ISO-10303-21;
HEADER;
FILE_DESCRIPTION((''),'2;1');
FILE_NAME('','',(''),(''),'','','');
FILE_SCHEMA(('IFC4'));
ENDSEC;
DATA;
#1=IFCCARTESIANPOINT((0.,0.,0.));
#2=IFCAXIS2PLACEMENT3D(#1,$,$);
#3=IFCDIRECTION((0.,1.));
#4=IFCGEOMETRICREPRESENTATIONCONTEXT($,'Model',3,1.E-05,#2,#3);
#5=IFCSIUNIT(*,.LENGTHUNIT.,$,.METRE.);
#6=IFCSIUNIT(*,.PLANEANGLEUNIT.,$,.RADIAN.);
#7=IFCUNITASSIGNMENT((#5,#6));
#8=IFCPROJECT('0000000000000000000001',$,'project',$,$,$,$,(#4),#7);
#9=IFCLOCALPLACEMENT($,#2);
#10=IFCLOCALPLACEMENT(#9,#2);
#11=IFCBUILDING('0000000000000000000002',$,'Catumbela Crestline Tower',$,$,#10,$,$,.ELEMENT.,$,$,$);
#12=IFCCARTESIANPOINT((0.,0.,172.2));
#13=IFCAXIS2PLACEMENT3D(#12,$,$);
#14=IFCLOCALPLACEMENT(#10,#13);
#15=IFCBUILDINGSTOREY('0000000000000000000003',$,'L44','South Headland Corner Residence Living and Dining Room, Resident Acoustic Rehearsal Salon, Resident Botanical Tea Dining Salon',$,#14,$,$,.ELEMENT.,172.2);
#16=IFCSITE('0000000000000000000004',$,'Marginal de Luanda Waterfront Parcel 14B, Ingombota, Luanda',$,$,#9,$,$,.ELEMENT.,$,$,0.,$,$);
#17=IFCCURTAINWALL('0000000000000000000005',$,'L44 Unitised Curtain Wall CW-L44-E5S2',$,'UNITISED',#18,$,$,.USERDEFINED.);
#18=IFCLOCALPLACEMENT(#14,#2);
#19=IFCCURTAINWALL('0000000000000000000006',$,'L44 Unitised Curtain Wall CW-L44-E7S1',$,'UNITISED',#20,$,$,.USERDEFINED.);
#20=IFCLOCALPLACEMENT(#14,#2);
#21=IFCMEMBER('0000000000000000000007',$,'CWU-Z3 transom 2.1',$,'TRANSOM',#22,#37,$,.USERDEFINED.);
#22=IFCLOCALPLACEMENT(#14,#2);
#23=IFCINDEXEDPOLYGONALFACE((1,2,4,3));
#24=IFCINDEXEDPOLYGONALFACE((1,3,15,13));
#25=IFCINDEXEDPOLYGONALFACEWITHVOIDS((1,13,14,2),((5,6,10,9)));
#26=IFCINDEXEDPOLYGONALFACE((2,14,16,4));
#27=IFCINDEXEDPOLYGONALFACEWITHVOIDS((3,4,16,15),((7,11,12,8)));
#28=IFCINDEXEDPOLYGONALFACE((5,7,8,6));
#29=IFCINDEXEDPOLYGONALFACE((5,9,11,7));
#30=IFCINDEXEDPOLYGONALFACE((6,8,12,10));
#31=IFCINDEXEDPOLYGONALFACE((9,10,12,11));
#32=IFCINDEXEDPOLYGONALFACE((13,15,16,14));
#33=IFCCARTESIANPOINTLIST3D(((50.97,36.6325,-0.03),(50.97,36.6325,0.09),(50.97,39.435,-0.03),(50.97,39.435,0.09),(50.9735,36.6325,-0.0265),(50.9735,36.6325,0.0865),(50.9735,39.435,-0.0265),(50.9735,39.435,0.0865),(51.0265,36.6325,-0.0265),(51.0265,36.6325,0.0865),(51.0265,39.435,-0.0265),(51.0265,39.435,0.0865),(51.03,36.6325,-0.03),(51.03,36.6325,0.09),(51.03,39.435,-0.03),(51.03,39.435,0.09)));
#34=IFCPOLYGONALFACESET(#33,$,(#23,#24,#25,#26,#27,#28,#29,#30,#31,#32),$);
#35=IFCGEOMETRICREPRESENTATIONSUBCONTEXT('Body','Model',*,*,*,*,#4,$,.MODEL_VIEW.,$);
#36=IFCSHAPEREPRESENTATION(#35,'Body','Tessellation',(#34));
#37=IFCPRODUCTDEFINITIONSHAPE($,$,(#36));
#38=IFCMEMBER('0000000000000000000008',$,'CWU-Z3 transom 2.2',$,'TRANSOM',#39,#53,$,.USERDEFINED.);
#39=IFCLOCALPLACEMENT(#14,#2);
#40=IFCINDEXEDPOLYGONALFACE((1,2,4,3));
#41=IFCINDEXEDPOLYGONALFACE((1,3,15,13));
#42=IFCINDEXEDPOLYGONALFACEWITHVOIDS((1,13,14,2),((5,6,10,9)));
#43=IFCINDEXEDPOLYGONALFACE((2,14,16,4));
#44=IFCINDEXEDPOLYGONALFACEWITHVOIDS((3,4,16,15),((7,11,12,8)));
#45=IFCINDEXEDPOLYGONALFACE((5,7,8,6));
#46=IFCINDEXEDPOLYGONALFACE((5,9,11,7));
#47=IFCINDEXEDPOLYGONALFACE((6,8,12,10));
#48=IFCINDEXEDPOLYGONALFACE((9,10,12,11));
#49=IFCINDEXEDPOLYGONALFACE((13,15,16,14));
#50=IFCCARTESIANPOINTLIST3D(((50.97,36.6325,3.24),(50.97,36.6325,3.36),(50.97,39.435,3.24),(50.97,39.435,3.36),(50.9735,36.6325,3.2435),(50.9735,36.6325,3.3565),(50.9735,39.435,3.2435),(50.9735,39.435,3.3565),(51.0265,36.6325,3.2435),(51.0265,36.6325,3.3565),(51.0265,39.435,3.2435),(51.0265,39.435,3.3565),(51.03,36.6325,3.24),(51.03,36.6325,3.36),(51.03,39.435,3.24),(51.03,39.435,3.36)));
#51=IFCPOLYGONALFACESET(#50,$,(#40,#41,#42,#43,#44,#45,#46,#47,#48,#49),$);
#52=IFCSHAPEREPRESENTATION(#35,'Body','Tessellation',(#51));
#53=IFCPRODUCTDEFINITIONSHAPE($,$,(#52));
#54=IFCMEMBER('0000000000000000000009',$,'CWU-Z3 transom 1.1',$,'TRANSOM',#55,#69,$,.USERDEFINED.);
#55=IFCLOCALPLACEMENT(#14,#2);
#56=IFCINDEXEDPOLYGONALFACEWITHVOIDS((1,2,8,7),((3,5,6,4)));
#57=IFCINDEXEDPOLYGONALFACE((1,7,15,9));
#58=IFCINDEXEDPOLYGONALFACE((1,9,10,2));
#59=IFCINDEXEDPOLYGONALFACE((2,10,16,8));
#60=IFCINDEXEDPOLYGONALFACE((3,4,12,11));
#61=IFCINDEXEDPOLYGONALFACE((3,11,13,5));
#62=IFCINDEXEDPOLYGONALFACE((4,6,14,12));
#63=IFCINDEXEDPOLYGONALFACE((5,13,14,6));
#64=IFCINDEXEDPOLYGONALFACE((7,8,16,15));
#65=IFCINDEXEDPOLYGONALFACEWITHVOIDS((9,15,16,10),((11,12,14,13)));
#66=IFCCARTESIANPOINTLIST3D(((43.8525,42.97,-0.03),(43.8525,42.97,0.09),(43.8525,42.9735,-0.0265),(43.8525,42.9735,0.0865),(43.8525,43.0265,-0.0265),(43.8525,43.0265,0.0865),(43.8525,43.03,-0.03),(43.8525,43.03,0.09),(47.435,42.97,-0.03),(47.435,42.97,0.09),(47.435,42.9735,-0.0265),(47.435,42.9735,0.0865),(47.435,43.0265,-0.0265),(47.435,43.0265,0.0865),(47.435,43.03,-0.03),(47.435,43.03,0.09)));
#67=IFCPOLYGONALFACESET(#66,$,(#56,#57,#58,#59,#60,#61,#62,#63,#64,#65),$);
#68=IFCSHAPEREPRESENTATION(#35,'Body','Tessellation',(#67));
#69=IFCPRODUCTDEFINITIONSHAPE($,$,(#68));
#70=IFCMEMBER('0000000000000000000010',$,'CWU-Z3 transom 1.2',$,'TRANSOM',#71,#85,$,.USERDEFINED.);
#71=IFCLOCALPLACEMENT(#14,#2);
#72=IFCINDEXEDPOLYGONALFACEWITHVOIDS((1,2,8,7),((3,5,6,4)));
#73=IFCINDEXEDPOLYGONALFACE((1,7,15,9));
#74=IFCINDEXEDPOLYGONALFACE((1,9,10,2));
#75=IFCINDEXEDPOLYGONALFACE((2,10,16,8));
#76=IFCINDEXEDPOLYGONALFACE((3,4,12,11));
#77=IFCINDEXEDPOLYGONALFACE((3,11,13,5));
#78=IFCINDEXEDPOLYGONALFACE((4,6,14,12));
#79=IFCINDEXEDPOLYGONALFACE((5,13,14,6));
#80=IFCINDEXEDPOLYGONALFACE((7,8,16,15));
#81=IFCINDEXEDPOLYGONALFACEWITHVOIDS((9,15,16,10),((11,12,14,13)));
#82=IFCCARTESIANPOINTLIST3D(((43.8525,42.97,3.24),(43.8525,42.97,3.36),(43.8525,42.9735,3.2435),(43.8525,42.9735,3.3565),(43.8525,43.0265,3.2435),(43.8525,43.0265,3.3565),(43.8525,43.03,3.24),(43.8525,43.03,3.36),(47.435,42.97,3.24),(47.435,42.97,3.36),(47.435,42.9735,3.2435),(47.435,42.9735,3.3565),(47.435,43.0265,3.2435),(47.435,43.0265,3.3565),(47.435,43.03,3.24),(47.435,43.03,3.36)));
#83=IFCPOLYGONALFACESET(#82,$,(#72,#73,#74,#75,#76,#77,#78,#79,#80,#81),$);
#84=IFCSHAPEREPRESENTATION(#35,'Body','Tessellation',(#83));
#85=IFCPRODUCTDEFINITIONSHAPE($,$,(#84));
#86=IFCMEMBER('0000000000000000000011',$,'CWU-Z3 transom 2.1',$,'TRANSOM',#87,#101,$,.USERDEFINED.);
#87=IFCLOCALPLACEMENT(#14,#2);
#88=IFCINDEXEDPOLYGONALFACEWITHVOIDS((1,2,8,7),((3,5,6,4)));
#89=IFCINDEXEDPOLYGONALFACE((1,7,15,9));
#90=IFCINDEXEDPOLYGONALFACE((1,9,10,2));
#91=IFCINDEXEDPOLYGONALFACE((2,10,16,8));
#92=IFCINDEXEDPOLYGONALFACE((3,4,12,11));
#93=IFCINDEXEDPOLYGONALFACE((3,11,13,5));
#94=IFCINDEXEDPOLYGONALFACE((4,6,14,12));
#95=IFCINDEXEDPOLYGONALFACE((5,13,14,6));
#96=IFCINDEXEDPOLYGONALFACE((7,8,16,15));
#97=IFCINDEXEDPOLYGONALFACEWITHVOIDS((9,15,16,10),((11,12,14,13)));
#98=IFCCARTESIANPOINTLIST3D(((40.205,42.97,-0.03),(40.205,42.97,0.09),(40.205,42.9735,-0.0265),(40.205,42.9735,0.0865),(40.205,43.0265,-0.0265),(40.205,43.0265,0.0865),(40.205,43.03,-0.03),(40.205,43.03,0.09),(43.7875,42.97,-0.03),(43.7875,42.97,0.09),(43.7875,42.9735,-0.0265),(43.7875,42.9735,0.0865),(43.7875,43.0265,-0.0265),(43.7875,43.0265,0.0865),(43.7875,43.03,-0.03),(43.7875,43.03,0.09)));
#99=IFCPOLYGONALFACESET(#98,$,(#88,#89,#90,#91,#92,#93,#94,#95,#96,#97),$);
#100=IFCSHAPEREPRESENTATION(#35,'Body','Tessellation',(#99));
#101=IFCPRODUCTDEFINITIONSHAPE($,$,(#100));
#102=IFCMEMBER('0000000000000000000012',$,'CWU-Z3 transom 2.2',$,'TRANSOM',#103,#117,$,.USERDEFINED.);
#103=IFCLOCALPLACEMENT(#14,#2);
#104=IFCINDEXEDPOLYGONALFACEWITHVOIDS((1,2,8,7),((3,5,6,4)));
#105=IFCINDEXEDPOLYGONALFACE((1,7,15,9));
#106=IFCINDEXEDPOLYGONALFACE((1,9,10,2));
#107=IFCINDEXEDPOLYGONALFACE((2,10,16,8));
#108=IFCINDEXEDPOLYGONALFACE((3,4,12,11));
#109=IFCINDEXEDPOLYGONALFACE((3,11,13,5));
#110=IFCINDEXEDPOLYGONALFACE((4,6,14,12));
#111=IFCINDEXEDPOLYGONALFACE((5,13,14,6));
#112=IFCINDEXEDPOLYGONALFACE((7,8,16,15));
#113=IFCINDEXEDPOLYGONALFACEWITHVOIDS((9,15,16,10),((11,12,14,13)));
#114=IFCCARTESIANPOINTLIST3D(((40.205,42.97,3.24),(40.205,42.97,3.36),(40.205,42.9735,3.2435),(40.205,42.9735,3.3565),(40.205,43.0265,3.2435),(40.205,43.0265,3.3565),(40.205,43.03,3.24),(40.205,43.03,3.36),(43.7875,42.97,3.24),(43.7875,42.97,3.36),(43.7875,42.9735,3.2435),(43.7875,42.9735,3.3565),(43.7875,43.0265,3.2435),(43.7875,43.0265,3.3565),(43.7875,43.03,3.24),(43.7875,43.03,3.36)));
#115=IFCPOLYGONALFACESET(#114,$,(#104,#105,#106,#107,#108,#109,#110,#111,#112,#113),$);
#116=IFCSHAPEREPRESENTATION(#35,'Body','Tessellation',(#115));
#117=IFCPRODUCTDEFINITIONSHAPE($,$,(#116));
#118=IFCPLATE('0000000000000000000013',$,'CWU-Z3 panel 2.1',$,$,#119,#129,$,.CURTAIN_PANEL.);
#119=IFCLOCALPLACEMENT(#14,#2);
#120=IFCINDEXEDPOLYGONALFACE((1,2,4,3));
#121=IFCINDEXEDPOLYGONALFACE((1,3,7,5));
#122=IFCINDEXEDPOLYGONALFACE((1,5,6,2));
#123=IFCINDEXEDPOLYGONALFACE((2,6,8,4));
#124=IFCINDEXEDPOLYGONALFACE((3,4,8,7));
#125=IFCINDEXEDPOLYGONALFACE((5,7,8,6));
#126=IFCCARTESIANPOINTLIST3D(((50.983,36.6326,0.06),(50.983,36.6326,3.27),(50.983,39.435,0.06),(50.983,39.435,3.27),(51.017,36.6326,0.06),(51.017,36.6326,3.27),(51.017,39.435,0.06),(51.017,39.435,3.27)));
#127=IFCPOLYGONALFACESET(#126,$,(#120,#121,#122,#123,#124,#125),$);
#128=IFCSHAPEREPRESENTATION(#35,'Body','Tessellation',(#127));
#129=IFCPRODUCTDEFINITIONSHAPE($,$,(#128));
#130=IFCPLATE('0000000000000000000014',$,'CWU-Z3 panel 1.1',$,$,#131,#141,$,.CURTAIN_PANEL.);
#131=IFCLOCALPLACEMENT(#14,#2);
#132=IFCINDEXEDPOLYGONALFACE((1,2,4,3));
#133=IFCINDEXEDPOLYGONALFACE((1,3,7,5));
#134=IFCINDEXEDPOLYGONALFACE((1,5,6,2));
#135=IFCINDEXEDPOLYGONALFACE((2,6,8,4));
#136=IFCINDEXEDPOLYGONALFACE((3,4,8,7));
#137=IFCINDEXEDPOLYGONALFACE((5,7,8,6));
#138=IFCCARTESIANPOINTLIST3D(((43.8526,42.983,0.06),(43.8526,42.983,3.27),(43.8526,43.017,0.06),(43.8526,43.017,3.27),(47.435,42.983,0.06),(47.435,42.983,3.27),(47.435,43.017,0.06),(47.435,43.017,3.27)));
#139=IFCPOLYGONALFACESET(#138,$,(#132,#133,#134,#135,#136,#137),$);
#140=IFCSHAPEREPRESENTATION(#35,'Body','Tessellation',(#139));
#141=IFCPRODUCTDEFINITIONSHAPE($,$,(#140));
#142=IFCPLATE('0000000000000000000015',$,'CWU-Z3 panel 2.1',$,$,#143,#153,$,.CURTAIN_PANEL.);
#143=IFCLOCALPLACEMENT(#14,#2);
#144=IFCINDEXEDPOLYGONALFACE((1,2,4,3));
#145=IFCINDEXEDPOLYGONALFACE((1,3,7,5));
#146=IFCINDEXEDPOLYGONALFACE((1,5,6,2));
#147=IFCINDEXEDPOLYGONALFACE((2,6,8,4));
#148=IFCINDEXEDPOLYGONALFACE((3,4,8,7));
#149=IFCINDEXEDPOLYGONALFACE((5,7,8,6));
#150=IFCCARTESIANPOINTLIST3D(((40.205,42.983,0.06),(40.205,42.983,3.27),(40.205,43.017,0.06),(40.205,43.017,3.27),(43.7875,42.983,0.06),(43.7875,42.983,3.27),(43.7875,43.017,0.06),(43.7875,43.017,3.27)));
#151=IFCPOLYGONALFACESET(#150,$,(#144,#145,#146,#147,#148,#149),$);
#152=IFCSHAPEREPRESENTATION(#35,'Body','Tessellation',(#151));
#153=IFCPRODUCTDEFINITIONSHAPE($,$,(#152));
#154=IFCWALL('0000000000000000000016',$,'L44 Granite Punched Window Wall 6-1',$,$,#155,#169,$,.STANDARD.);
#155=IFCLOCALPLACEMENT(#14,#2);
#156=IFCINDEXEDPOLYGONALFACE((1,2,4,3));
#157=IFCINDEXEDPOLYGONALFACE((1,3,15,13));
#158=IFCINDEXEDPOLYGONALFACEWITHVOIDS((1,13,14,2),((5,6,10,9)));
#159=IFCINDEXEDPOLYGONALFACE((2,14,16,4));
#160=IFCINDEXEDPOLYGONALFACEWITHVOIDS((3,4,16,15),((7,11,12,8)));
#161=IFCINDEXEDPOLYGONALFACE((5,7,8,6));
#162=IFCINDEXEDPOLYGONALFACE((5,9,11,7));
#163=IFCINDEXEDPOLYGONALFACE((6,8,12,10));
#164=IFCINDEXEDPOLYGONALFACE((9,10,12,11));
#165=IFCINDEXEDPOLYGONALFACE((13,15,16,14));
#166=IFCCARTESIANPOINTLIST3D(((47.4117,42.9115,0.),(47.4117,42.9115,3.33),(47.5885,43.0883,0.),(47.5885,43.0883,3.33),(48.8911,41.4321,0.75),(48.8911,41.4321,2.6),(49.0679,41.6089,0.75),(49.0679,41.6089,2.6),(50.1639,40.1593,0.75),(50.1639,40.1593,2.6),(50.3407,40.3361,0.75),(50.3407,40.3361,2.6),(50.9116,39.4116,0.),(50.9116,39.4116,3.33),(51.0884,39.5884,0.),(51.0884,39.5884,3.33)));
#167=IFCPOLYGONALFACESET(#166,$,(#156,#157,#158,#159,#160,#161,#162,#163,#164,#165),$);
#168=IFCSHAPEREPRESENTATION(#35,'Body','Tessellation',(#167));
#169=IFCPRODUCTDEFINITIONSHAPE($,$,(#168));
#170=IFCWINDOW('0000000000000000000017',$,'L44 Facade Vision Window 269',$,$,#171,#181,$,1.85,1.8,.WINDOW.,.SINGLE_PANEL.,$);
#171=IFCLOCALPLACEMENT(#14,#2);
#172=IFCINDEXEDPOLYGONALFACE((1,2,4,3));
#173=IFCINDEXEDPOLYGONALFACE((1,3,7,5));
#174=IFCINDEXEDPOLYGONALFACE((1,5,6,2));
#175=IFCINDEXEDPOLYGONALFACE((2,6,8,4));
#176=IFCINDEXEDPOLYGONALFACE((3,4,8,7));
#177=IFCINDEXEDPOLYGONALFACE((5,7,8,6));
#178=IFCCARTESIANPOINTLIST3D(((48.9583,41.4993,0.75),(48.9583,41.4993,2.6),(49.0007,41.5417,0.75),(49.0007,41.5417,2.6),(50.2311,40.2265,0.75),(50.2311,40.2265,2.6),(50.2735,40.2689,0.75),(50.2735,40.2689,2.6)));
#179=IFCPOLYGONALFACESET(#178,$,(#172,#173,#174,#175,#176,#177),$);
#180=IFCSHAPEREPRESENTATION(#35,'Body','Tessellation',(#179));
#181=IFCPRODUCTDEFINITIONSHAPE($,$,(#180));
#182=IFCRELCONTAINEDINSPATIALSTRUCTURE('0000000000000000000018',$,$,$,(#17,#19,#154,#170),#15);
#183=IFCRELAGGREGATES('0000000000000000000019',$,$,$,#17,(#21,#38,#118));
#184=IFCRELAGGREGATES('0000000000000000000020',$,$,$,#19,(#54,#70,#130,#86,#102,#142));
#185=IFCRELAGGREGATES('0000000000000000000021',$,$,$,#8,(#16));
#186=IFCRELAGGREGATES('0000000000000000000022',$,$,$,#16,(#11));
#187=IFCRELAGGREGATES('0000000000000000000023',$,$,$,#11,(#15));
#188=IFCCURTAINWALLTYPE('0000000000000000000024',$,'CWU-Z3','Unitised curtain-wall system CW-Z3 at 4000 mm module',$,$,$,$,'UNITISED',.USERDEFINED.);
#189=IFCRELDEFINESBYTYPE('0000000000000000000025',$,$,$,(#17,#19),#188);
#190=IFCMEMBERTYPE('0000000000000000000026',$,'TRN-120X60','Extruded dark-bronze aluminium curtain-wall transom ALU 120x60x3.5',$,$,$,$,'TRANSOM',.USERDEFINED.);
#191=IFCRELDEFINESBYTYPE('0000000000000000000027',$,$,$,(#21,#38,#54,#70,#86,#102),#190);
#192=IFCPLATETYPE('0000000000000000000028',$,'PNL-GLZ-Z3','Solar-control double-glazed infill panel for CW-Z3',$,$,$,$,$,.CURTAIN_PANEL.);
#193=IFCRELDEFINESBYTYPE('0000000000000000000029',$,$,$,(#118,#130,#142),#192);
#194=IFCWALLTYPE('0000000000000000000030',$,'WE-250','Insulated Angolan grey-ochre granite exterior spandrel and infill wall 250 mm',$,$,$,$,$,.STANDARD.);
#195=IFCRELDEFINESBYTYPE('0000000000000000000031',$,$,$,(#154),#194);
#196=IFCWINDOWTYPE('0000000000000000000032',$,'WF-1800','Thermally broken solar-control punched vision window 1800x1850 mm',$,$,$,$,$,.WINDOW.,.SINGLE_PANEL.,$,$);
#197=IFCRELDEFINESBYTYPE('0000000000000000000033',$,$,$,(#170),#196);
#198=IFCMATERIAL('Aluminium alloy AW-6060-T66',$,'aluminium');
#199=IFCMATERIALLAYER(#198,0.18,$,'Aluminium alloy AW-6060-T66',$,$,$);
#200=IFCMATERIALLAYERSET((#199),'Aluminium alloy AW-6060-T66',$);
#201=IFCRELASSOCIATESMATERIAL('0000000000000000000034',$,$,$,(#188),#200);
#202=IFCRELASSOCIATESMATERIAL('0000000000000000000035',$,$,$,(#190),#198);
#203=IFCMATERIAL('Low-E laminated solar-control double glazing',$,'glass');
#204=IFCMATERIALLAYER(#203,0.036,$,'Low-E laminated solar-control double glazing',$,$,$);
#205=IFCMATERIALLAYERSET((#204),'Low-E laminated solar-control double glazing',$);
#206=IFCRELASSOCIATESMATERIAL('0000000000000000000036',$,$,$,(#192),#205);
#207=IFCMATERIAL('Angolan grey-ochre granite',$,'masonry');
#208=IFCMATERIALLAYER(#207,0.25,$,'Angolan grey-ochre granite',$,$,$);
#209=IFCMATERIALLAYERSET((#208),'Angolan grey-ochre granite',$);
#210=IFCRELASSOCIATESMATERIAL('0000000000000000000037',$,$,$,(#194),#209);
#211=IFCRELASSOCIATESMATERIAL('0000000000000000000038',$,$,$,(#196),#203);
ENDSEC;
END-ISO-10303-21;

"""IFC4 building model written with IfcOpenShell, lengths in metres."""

from ifc_helpers import new_model, si_unit, direction, frame, frame_2d, origin, origin_2d, place, context, subcontext, project, spatial, rectangle, hollow_rectangle, extrude, material, layer, layer_set, material_profile, profile_set, type_object, element, fill, aggregate, save


model = new_model("IFC4")

# Units and contexts
model_context = context("Model", 3, precision=1e-05, world=origin(), true_north=direction((0.0, 1.0)))
body_context = subcontext(model_context, "Body", "Model", "MODEL_VIEW")
ifc_project = project(units=[si_unit("LENGTHUNIT", "METRE"), si_unit("PLANEANGLEUNIT", "RADIAN")], contexts=[model_context])

# Site, building, storey
site_placement = place(None, origin())
site = spatial("IfcSite", under=ifc_project, at=site_placement, Name="Marginal de Luanda Waterfront Parcel 14B, Ingombota, Luanda", CompositionType="ELEMENT", RefElevation=0.0)
building_placement = place(site_placement, origin())
building = spatial("IfcBuilding", under=site, at=building_placement, Name="Catumbela Crestline Tower", CompositionType="ELEMENT")
storey_placement = place(building_placement, frame((0.0, 0.0, 172.2)))
storey = spatial("IfcBuildingStorey", under=building, at=storey_placement, Name="L44", Description="South Headland Corner Residence Living and Dining Room, Resident Acoustic Rehearsal Salon, Resident Botanical Tea Dining Salon", CompositionType="ELEMENT", Elevation=172.2)

# Curtain wall
ifc_material_1 = material(Name="Aluminium alloy AW-6060-T66", Category="aluminium")
ifc_layer_1 = layer(ifc_material_1, 0.18, Name="Aluminium alloy AW-6060-T66")
ifc_layer_set_1 = layer_set([ifc_layer_1], Name="Aluminium alloy AW-6060-T66")
curtain_wall_type = type_object("IfcCurtainWallType", Name="CWU-Z3", Description="Unitised curtain-wall system CW-Z3 at 4000 mm module", ElementType="UNITISED", PredefinedType="USERDEFINED", material=ifc_layer_set_1)
curtain_wall_1_placement = place(storey_placement, origin())
curtain_wall_1 = element("IfcCurtainWall", 1, at=curtain_wall_1_placement, inside=storey, type_object=curtain_wall_type, Name="L44 Unitised Curtain Wall CW-L44-E5S2", ObjectType="UNITISED", PredefinedType="USERDEFINED")

# Curtain wall
curtain_wall_2_placement = place(storey_placement, origin())
curtain_wall_2 = element("IfcCurtainWall", 2, at=curtain_wall_2_placement, inside=storey, type_object=curtain_wall_type, Name="L44 Unitised Curtain Wall CW-L44-E7S1", ObjectType="UNITISED", PredefinedType="USERDEFINED")

# Members
ifc_material_profile_1 = material_profile(ifc_material_1, hollow_rectangle(XDim=0.06, YDim=0.12, WallThickness=0.0035, at=origin_2d()), Name="ALU 120x60x3.5")
ifc_profile_set_1 = profile_set([ifc_material_profile_1], Name="Aluminium alloy AW-6060-T66")
member_type_1 = type_object("IfcMemberType", Name="TRN-120X60", Description="Extruded dark-bronze aluminium curtain-wall transom ALU 120x60x3.5", ElementType="TRANSOM", PredefinedType="USERDEFINED", material=ifc_profile_set_1)
member_1_placement = place(storey_placement, frame((51.0, 36.6325, 0.03), z_axis=(0.0, 1.0, 0.0), x_axis=(-1.0, 0.0, 0.0)))
member_1 = element("IfcMember", 3, at=member_1_placement, type_object=member_type_1, Name="CWU-Z3 transom 2.1", ObjectType="TRANSOM", PredefinedType="USERDEFINED", context=body_context, shape_type="SweptSolid", body=[
    extrude(hollow_rectangle(XDim=0.06, YDim=0.12, WallThickness=0.0035, at=origin_2d()), origin(), (0.0, 0.0, 1.0), 2.8025),
])
member_2_placement = place(storey_placement, frame((51.0, 36.6325, 3.3), z_axis=(0.0, 1.0, 0.0), x_axis=(-1.0, 0.0, 0.0)))
member_2 = element("IfcMember", 4, at=member_2_placement, type_object=member_type_1, Name="CWU-Z3 transom 2.2", ObjectType="TRANSOM", PredefinedType="USERDEFINED", context=body_context, shape_type="SweptSolid", body=[
    extrude(hollow_rectangle(XDim=0.06, YDim=0.12, WallThickness=0.0035, at=origin_2d()), origin(), (0.0, 0.0, 1.0), 2.8025),
])
member_3_placement = place(storey_placement, frame((47.435, 43.0, 0.03), z_axis=(-1.0, 0.0, 0.0), x_axis=(0.0, -1.0, 0.0)))
member_3 = element("IfcMember", 5, at=member_3_placement, type_object=member_type_1, Name="CWU-Z3 transom 1.1", ObjectType="TRANSOM", PredefinedType="USERDEFINED", context=body_context, shape_type="SweptSolid", body=[
    extrude(hollow_rectangle(XDim=0.06, YDim=0.12, WallThickness=0.0035, at=origin_2d()), origin(), (0.0, 0.0, 1.0), 3.5825),
])
member_4_placement = place(storey_placement, frame((47.435, 43.0, 3.3), z_axis=(-1.0, 0.0, 0.0), x_axis=(0.0, -1.0, 0.0)))
member_4 = element("IfcMember", 6, at=member_4_placement, type_object=member_type_1, Name="CWU-Z3 transom 1.2", ObjectType="TRANSOM", PredefinedType="USERDEFINED", context=body_context, shape_type="SweptSolid", body=[
    extrude(hollow_rectangle(XDim=0.06, YDim=0.12, WallThickness=0.0035, at=origin_2d()), origin(), (0.0, 0.0, 1.0), 3.5825),
])
member_5_placement = place(storey_placement, frame((43.7875, 43.0, 0.03), z_axis=(-1.0, 0.0, 0.0), x_axis=(0.0, -1.0, 0.0)))
member_5 = element("IfcMember", 7, at=member_5_placement, type_object=member_type_1, Name="CWU-Z3 transom 2.1", ObjectType="TRANSOM", PredefinedType="USERDEFINED", context=body_context, shape_type="SweptSolid", body=[
    extrude(hollow_rectangle(XDim=0.06, YDim=0.12, WallThickness=0.0035, at=origin_2d()), origin(), (0.0, 0.0, 1.0), 3.5825),
])
member_6_placement = place(storey_placement, frame((43.7875, 43.0, 3.3), z_axis=(-1.0, 0.0, 0.0), x_axis=(0.0, -1.0, 0.0)))
member_6 = element("IfcMember", 8, at=member_6_placement, type_object=member_type_1, Name="CWU-Z3 transom 2.2", ObjectType="TRANSOM", PredefinedType="USERDEFINED", context=body_context, shape_type="SweptSolid", body=[
    extrude(hollow_rectangle(XDim=0.06, YDim=0.12, WallThickness=0.0035, at=origin_2d()), origin(), (0.0, 0.0, 1.0), 3.5825),
])

# Plates
ifc_material_2 = material(Name="Low-E laminated solar-control double glazing", Category="glass")
ifc_layer_2 = layer(ifc_material_2, 0.036, Name="Low-E laminated solar-control double glazing")
ifc_layer_set_2 = layer_set([ifc_layer_2], Name="Low-E laminated solar-control double glazing")
plate_type = type_object("IfcPlateType", Name="PNL-GLZ-Z3", Description="Solar-control double-glazed infill panel for CW-Z3", PredefinedType="CURTAIN_PANEL", material=ifc_layer_set_2)
plate_1_placement = place(storey_placement, frame((51.0, 38.0338, 0.06), z_axis=(0.0, 0.0, 1.0), x_axis=(0.0, 1.0, 0.0)))
plate_1 = element("IfcPlate", 9, at=plate_1_placement, type_object=plate_type, Name="CWU-Z3 panel 2.1", PredefinedType="CURTAIN_PANEL", context=body_context, shape_type="SweptSolid", body=[
    extrude(rectangle(XDim=2.8025, YDim=0.034, at=origin_2d()), origin(), (0.0, 0.0, 1.0), 3.21),
])
aggregate(curtain_wall_1, [member_1, member_2, plate_1])
plate_2_placement = place(storey_placement, frame((45.6438, 43.0, 0.06), z_axis=(0.0, 0.0, 1.0), x_axis=(-1.0, 0.0, 0.0)))
plate_2 = element("IfcPlate", 10, at=plate_2_placement, type_object=plate_type, Name="CWU-Z3 panel 1.1", PredefinedType="CURTAIN_PANEL", context=body_context, shape_type="SweptSolid", body=[
    extrude(rectangle(XDim=3.5825, YDim=0.034, at=origin_2d()), origin(), (0.0, 0.0, 1.0), 3.21),
])
plate_3_placement = place(storey_placement, frame((41.9963, 43.0, 0.06), z_axis=(0.0, 0.0, 1.0), x_axis=(-1.0, 0.0, 0.0)))
plate_3 = element("IfcPlate", 11, at=plate_3_placement, type_object=plate_type, Name="CWU-Z3 panel 2.1", PredefinedType="CURTAIN_PANEL", context=body_context, shape_type="SweptSolid", body=[
    extrude(rectangle(XDim=3.5825, YDim=0.034, at=origin_2d()), origin(), (0.0, 0.0, 1.0), 3.21),
])
aggregate(curtain_wall_2, [member_3, member_4, plate_2, member_5, member_6, plate_3])

# Wall, opening, window
ifc_material_3 = material(Name="Angolan grey-ochre granite", Category="masonry")
ifc_layer_3 = layer(ifc_material_3, 0.25, Name="Angolan grey-ochre granite")
ifc_layer_set_3 = layer_set([ifc_layer_3], Name="Angolan grey-ochre granite")
wall_type_1 = type_object("IfcWallType", Name="WE-250", Description="Insulated Angolan grey-ochre granite exterior spandrel and infill wall 250 mm", PredefinedType="STANDARD", material=ifc_layer_set_3)
wall_1_placement = place(storey_placement, frame((51.0, 39.5, 0.0), z_axis=(0.0, 0.0, 1.0), x_axis=(-0.707107, 0.707107, 0.0)))
wall_1 = element("IfcWall", 12, at=wall_1_placement, inside=storey, type_object=wall_type_1, Name="L44 Granite Punched Window Wall 6-1", PredefinedType="STANDARD", context=body_context, shape_type="SweptSolid", body=[
    extrude(rectangle(XDim=4.9497, YDim=0.25, at=frame_2d((2.4748, 0.0))), origin(), (0.0, 0.0, 1.0), 3.33),
])
opening_1_placement = place(wall_1_placement, frame((1.0574, 0.0, 0.75)))
opening_1 = element("IfcOpeningElement", 13, at=opening_1_placement, cuts=wall_1, PredefinedType="OPENING", context=body_context, shape_type="SweptSolid", body=[
    extrude(rectangle(XDim=1.8, YDim=1.85, at=frame_2d((0.9, 0.925))), frame((0.0, 0.135, 0.0), z_axis=(0.0, -1.0, 0.0), x_axis=(1.0, 0.0, 0.0)), (0.0, 0.0, 1.0), 0.27),
])
window_type = type_object("IfcWindowType", Name="WF-1800", Description="Thermally broken solar-control punched vision window 1800x1850 mm", PartitioningType="SINGLE_PANEL", PredefinedType="WINDOW", material=ifc_material_2)
window_placement = place(opening_1_placement, origin())
window = element("IfcWindow", 14, at=window_placement, inside=storey, type_object=window_type, Name="L44 Facade Vision Window 269", OverallHeight=1.85, OverallWidth=1.8, PartitioningType="SINGLE_PANEL", PredefinedType="WINDOW", context=body_context, shape_type="SweptSolid", body=[
    extrude(rectangle(XDim=1.8, YDim=1.85, at=frame_2d((0.9, 0.925))), frame((0.0, 0.03, 0.0), z_axis=(0.0, -1.0, 0.0), x_axis=(1.0, 0.0, 0.0)), (0.0, 0.0, 1.0), 0.06),
])
fill(opening_1, window)

save(model, "model.ifc")
